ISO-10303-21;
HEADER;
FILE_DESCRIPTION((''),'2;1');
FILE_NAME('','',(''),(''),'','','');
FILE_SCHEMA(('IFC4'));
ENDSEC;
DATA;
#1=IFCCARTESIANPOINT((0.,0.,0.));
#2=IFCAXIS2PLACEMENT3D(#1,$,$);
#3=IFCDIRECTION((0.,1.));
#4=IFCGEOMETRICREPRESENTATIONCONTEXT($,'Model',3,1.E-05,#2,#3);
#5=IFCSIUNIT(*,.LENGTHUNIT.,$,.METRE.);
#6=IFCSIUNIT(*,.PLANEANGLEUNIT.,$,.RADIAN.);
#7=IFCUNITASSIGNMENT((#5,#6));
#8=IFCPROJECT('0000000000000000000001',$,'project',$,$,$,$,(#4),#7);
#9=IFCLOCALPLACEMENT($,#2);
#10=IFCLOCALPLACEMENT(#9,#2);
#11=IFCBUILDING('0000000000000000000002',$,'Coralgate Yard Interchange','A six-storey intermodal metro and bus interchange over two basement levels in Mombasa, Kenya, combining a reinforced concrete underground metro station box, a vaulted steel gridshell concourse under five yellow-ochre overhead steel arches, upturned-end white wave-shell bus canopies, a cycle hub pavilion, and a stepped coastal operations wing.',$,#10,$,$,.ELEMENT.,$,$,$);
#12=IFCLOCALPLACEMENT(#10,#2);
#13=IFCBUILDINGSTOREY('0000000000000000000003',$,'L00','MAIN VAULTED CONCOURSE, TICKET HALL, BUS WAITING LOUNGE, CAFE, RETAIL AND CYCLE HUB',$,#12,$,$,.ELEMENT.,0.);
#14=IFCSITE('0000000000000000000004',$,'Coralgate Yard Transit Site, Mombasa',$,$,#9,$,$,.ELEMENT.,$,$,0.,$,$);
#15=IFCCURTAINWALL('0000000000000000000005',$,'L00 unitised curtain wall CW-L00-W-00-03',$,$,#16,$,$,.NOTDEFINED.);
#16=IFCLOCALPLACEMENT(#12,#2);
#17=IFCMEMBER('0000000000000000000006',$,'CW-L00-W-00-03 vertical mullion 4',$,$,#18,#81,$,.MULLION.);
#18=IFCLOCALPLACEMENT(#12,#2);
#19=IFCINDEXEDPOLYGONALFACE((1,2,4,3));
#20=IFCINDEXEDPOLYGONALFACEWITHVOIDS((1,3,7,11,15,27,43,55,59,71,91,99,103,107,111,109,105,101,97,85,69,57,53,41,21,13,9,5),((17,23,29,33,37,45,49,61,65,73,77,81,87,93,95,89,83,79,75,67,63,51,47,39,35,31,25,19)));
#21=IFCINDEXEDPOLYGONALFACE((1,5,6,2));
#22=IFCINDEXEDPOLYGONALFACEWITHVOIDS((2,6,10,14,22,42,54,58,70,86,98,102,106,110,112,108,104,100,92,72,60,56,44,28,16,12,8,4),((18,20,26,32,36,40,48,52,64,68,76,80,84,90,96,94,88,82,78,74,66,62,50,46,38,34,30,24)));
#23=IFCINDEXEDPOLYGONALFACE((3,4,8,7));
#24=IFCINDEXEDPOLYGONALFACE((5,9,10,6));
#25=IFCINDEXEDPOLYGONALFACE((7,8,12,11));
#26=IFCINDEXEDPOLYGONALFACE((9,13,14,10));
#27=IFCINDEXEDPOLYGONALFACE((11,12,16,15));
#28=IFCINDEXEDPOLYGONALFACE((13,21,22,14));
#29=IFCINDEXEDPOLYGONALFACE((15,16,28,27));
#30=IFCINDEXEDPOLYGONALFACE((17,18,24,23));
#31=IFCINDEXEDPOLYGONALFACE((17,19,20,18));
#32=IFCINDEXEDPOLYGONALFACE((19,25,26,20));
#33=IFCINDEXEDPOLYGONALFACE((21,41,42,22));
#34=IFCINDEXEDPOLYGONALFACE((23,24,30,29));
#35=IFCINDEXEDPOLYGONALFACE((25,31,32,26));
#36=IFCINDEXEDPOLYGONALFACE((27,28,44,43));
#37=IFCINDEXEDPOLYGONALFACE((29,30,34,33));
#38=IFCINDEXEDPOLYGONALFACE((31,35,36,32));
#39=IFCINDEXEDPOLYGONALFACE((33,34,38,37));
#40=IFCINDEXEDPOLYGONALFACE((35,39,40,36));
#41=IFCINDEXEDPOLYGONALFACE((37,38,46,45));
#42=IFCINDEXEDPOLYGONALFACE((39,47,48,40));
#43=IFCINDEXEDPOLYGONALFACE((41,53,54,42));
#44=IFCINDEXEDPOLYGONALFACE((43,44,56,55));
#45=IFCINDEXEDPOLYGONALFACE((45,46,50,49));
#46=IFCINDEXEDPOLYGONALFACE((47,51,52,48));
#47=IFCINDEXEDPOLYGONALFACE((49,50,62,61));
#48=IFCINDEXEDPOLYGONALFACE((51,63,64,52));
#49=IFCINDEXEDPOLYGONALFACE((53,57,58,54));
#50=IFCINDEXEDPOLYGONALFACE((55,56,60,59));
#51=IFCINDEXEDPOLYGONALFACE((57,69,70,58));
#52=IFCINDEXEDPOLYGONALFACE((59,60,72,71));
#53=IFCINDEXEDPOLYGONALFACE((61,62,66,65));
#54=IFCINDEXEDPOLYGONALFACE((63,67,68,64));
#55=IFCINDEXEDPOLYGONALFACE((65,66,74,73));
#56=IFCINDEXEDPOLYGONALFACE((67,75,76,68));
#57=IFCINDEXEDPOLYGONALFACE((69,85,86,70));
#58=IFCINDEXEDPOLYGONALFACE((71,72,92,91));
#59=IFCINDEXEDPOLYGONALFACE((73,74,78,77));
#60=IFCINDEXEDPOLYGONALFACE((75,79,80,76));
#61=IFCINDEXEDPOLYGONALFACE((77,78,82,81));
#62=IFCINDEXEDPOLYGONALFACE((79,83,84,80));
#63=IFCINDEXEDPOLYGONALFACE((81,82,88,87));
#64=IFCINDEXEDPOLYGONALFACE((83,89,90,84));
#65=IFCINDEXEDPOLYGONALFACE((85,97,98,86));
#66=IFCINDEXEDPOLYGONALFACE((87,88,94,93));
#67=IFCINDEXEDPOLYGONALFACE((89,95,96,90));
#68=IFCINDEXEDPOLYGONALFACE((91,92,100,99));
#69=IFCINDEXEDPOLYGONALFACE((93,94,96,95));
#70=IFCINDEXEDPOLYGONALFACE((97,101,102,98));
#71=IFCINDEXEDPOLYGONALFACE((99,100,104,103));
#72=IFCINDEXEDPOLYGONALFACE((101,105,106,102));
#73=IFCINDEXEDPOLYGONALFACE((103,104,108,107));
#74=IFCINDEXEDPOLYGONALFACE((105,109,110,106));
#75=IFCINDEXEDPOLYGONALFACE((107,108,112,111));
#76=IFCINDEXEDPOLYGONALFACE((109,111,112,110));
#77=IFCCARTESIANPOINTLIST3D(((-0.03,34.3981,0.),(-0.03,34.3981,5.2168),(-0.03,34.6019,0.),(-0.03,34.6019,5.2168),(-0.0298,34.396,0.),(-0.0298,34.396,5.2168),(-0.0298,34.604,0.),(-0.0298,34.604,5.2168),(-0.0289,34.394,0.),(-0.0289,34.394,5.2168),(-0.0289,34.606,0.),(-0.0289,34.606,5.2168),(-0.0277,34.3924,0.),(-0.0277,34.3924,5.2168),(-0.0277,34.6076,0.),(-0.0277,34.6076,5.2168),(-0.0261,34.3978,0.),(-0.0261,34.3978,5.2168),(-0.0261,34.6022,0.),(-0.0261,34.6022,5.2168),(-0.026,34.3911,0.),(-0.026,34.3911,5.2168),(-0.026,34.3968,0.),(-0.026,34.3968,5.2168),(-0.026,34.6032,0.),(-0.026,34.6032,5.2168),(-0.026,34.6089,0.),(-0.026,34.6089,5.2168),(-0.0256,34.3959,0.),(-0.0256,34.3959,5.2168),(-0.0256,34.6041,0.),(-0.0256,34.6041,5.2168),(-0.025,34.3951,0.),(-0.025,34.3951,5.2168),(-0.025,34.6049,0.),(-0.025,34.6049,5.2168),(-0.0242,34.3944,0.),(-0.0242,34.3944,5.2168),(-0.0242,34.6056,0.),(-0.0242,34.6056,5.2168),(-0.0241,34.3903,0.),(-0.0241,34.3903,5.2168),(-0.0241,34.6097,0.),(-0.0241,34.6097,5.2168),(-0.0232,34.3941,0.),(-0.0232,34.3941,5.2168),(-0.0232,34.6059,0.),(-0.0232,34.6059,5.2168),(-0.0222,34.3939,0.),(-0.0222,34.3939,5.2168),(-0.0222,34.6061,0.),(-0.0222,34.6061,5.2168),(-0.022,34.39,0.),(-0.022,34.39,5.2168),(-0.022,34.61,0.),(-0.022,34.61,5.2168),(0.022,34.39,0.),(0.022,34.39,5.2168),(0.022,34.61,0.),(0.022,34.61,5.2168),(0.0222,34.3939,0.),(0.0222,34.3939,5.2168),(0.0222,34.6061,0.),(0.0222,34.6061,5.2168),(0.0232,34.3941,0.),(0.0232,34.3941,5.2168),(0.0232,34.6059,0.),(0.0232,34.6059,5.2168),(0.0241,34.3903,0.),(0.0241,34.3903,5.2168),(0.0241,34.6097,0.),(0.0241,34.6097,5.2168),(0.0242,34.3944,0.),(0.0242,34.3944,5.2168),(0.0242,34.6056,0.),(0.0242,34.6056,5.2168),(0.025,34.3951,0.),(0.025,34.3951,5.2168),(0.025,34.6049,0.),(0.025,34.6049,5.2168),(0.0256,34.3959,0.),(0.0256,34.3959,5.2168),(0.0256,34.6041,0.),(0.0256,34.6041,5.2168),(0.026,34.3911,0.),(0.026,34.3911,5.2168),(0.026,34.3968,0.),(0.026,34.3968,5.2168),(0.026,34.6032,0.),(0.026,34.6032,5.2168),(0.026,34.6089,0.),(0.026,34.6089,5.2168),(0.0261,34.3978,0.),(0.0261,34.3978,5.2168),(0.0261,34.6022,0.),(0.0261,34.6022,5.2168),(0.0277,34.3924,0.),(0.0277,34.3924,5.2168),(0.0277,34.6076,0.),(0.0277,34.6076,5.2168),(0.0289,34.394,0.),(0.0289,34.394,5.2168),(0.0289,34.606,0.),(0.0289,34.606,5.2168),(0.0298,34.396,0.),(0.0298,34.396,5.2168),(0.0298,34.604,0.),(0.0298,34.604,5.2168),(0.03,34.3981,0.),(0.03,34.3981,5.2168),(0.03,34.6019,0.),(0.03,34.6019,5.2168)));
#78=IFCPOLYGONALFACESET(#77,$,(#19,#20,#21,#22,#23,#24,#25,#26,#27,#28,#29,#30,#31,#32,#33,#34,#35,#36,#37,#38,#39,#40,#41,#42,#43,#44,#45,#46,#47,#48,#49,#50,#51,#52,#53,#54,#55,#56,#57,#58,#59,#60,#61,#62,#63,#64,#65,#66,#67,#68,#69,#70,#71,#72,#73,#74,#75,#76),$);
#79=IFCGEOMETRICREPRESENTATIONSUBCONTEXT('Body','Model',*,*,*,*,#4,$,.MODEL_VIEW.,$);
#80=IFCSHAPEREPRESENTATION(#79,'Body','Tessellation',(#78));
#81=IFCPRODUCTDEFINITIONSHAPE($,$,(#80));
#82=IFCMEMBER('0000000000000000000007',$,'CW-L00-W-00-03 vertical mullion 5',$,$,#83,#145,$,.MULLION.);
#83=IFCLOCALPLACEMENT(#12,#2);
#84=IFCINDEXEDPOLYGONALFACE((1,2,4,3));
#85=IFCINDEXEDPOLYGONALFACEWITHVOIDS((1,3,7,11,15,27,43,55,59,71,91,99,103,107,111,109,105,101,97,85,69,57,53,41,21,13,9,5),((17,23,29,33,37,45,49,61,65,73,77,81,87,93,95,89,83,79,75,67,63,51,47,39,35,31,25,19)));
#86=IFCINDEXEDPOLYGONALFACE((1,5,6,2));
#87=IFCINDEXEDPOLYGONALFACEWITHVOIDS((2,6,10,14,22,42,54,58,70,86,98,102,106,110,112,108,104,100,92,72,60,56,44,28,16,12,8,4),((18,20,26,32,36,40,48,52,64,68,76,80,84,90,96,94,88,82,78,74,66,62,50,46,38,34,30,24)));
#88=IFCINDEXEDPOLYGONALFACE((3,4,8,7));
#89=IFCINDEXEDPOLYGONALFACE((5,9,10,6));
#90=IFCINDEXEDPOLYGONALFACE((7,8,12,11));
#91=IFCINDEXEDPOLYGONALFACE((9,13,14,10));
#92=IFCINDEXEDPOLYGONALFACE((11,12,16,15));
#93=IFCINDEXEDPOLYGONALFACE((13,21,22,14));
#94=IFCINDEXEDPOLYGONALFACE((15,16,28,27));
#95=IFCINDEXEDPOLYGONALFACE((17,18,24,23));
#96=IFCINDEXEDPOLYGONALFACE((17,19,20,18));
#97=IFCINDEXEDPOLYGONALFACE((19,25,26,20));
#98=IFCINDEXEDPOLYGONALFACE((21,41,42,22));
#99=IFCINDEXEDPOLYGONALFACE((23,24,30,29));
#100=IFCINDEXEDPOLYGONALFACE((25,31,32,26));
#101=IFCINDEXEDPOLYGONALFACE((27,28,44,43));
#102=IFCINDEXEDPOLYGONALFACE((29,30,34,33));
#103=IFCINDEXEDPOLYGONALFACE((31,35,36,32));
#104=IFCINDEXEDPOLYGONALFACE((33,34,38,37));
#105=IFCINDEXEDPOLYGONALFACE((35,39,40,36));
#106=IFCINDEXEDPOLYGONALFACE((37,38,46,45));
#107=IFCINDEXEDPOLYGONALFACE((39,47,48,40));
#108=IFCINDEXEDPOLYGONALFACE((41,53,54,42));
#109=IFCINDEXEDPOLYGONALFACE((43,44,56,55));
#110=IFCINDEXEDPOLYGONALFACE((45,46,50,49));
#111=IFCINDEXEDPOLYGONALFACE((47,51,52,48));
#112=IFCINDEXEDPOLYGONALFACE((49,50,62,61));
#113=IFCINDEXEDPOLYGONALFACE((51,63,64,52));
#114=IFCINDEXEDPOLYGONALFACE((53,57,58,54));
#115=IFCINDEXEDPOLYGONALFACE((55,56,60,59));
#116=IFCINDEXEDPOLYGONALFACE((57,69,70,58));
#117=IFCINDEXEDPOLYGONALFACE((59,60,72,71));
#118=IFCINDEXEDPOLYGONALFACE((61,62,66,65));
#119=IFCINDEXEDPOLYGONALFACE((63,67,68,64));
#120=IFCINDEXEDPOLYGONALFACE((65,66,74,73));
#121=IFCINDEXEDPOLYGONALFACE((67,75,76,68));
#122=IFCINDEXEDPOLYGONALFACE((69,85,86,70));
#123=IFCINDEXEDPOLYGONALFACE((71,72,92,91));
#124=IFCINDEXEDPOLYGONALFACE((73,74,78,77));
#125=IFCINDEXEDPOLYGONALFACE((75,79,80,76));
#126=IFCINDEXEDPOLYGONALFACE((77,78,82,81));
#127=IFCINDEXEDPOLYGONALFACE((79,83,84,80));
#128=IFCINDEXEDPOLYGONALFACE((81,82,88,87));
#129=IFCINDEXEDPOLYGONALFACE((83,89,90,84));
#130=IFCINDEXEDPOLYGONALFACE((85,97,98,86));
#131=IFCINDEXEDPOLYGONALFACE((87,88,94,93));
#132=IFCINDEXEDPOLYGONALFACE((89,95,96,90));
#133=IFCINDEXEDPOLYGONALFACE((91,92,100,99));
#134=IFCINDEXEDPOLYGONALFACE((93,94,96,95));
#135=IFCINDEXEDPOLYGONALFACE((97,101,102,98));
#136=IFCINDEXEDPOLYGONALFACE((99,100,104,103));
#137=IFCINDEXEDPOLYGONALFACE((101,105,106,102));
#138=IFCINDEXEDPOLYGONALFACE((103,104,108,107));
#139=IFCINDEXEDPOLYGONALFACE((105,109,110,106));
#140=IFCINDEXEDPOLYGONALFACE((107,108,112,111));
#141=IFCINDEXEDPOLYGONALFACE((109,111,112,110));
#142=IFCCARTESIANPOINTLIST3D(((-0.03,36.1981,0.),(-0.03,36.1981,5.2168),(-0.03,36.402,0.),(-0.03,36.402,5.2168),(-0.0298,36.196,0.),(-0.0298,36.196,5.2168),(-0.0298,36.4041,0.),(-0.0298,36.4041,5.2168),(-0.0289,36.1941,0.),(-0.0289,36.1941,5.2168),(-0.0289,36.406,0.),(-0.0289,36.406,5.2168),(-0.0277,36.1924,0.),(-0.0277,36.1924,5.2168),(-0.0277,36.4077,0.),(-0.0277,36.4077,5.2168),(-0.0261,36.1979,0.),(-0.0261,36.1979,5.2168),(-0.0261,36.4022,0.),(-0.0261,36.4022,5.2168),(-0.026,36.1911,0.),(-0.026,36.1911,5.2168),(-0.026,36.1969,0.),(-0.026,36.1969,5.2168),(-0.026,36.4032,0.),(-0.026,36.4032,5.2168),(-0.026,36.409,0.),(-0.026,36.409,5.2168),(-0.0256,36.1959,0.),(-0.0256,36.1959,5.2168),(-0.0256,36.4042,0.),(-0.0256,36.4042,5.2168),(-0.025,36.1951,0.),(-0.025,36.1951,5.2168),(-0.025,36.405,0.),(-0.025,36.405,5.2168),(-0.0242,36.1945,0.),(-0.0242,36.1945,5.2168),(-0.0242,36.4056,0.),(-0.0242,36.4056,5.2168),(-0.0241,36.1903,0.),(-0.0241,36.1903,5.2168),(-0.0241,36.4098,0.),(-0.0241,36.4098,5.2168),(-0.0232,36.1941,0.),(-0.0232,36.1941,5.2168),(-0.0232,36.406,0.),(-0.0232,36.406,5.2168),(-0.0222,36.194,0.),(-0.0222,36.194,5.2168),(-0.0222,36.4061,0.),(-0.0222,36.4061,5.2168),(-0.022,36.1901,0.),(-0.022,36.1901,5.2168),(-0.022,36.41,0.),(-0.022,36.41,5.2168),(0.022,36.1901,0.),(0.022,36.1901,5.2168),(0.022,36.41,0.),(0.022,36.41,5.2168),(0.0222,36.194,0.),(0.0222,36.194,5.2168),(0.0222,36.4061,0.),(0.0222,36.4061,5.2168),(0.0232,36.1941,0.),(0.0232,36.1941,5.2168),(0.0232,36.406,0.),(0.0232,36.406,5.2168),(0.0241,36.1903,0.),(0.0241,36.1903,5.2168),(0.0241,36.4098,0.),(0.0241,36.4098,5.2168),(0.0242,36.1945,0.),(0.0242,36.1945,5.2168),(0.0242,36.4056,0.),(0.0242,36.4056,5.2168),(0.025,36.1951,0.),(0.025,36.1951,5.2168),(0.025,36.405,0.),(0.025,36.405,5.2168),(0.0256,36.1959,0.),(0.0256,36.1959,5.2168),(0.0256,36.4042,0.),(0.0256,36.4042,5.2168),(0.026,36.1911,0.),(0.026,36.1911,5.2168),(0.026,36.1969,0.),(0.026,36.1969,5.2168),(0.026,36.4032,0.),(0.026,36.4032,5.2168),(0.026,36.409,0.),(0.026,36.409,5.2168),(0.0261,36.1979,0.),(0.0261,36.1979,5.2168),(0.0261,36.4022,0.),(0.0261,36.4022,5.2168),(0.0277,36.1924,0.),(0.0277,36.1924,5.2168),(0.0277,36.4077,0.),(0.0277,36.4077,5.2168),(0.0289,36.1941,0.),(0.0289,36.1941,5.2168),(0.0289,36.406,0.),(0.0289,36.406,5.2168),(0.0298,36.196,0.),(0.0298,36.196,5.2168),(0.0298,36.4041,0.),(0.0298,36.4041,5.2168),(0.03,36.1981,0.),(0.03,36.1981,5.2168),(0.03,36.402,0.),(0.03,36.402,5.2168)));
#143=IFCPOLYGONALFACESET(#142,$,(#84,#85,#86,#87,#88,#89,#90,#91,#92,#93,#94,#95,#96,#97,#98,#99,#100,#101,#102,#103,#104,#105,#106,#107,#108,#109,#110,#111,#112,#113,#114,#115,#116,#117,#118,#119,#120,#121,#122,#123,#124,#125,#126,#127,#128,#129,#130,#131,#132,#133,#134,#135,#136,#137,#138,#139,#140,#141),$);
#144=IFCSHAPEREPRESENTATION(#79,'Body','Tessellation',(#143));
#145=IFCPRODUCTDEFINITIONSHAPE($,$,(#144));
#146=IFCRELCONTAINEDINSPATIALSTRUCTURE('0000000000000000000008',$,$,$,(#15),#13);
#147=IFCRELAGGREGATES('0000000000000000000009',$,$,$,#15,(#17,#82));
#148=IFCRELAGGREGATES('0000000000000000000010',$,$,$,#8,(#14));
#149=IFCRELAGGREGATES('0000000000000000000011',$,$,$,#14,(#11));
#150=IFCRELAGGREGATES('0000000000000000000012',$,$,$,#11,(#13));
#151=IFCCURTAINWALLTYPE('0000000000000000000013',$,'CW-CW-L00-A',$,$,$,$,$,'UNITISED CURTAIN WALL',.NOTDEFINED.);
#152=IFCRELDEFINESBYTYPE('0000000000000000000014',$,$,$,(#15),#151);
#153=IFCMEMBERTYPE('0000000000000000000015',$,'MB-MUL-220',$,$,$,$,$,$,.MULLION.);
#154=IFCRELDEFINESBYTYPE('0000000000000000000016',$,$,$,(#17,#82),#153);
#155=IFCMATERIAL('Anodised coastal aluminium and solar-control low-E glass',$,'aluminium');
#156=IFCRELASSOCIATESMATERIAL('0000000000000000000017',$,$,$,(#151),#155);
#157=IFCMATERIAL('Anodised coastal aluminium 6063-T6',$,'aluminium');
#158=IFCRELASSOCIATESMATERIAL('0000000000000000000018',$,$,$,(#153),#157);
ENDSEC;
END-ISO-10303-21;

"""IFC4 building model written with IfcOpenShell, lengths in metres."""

from ifc_helpers import new_model, si_unit, direction, frame, origin, origin_2d, place, context, subcontext, project, spatial, hollow_rectangle, extrude, material, material_profile, profile_set, type_object, element, aggregate, save


model = new_model("IFC4")

# Units and contexts
model_context = context("Model", 3, precision=1e-05, world=origin(), true_north=direction((0.0, 1.0)))
body_context = subcontext(model_context, "Body", "Model", "MODEL_VIEW")
ifc_project = project(units=[si_unit("LENGTHUNIT", "METRE"), si_unit("PLANEANGLEUNIT", "RADIAN")], contexts=[model_context])

# Site, building, storey
site_placement = place(None, origin())
site = spatial("IfcSite", under=ifc_project, at=site_placement, Name="Coralgate Yard Transit Site, Mombasa", CompositionType="ELEMENT", RefElevation=0.0)
building_placement = place(site_placement, origin())
building = spatial("IfcBuilding", under=site, at=building_placement, Name="Coralgate Yard Interchange", Description="A six-storey intermodal metro and bus interchange over two basement levels in Mombasa, Kenya, combining a reinforced concrete underground metro station box, a vaulted steel gridshell concourse under five yellow-ochre overhead steel arches, upturned-end white wave-shell bus canopies, a cycle hub pavilion, and a stepped coastal operations wing.", CompositionType="ELEMENT")
storey_placement = place(building_placement, origin())
storey = spatial("IfcBuildingStorey", under=building, at=storey_placement, Name="L00", Description="MAIN VAULTED CONCOURSE, TICKET HALL, BUS WAITING LOUNGE, CAFE, RETAIL AND CYCLE HUB", CompositionType="ELEMENT", Elevation=0.0)

# Curtain wall, members
ifc_material_1 = material(Name="Anodised coastal aluminium and solar-control low-E glass", Category="aluminium")
curtain_wall_type = type_object("IfcCurtainWallType", Name="CW-CW-L00-A", ElementType="UNITISED CURTAIN WALL", PredefinedType="NOTDEFINED", material=ifc_material_1)
curtain_wall_placement = place(storey_placement, origin())
curtain_wall = element("IfcCurtainWall", 1, at=curtain_wall_placement, inside=storey, type_object=curtain_wall_type, Name="L00 unitised curtain wall CW-L00-W-00-03", PredefinedType="NOTDEFINED")
ifc_material_2 = material(Name="Anodised coastal aluminium 6063-T6", Category="aluminium")
ifc_material_profile_1 = material_profile(ifc_material_2, hollow_rectangle(XDim=0.0601, YDim=0.22, WallThickness=0.0039, InnerFilletRadius=0.0039, OuterFilletRadius=0.0081, at=origin_2d()), Name="ALU 60x220x4")
ifc_profile_set_1 = profile_set([ifc_material_profile_1], Name="Anodised coastal aluminium 6063-T6")
member_type_1 = type_object("IfcMemberType", Name="MB-MUL-220", PredefinedType="MULLION", material=ifc_profile_set_1)
member_1_placement = place(storey_placement, frame((0.0, 34.5, 0.0), z_axis=(0.0, 0.0, 1.0), x_axis=(1.0, 0.0, 0.0)))
member_1 = element("IfcMember", 2, at=member_1_placement, type_object=member_type_1, Name="CW-L00-W-00-03 vertical mullion 4", PredefinedType="MULLION", context=body_context, shape_type="SweptSolid", body=[
    extrude(hollow_rectangle(XDim=0.0601, YDim=0.22, WallThickness=0.0039, InnerFilletRadius=0.0039, OuterFilletRadius=0.0081, at=origin_2d()), origin(), (0.0, 0.0, 1.0), 5.2168),
])
member_2_placement = place(storey_placement, frame((0.0, 36.3, 0.0), z_axis=(0.0, 0.0, 1.0), x_axis=(1.0, 0.0, 0.0)))
member_2 = element("IfcMember", 3, at=member_2_placement, type_object=member_type_1, Name="CW-L00-W-00-03 vertical mullion 5", PredefinedType="MULLION", context=body_context, shape_type="SweptSolid", body=[
    extrude(hollow_rectangle(XDim=0.0601, YDim=0.22, WallThickness=0.0039, InnerFilletRadius=0.0039, OuterFilletRadius=0.0081, at=origin_2d()), origin(), (0.0, 0.0, 1.0), 5.2168),
])
aggregate(curtain_wall, [member_1, member_2])

save(model, "model.ifc")
